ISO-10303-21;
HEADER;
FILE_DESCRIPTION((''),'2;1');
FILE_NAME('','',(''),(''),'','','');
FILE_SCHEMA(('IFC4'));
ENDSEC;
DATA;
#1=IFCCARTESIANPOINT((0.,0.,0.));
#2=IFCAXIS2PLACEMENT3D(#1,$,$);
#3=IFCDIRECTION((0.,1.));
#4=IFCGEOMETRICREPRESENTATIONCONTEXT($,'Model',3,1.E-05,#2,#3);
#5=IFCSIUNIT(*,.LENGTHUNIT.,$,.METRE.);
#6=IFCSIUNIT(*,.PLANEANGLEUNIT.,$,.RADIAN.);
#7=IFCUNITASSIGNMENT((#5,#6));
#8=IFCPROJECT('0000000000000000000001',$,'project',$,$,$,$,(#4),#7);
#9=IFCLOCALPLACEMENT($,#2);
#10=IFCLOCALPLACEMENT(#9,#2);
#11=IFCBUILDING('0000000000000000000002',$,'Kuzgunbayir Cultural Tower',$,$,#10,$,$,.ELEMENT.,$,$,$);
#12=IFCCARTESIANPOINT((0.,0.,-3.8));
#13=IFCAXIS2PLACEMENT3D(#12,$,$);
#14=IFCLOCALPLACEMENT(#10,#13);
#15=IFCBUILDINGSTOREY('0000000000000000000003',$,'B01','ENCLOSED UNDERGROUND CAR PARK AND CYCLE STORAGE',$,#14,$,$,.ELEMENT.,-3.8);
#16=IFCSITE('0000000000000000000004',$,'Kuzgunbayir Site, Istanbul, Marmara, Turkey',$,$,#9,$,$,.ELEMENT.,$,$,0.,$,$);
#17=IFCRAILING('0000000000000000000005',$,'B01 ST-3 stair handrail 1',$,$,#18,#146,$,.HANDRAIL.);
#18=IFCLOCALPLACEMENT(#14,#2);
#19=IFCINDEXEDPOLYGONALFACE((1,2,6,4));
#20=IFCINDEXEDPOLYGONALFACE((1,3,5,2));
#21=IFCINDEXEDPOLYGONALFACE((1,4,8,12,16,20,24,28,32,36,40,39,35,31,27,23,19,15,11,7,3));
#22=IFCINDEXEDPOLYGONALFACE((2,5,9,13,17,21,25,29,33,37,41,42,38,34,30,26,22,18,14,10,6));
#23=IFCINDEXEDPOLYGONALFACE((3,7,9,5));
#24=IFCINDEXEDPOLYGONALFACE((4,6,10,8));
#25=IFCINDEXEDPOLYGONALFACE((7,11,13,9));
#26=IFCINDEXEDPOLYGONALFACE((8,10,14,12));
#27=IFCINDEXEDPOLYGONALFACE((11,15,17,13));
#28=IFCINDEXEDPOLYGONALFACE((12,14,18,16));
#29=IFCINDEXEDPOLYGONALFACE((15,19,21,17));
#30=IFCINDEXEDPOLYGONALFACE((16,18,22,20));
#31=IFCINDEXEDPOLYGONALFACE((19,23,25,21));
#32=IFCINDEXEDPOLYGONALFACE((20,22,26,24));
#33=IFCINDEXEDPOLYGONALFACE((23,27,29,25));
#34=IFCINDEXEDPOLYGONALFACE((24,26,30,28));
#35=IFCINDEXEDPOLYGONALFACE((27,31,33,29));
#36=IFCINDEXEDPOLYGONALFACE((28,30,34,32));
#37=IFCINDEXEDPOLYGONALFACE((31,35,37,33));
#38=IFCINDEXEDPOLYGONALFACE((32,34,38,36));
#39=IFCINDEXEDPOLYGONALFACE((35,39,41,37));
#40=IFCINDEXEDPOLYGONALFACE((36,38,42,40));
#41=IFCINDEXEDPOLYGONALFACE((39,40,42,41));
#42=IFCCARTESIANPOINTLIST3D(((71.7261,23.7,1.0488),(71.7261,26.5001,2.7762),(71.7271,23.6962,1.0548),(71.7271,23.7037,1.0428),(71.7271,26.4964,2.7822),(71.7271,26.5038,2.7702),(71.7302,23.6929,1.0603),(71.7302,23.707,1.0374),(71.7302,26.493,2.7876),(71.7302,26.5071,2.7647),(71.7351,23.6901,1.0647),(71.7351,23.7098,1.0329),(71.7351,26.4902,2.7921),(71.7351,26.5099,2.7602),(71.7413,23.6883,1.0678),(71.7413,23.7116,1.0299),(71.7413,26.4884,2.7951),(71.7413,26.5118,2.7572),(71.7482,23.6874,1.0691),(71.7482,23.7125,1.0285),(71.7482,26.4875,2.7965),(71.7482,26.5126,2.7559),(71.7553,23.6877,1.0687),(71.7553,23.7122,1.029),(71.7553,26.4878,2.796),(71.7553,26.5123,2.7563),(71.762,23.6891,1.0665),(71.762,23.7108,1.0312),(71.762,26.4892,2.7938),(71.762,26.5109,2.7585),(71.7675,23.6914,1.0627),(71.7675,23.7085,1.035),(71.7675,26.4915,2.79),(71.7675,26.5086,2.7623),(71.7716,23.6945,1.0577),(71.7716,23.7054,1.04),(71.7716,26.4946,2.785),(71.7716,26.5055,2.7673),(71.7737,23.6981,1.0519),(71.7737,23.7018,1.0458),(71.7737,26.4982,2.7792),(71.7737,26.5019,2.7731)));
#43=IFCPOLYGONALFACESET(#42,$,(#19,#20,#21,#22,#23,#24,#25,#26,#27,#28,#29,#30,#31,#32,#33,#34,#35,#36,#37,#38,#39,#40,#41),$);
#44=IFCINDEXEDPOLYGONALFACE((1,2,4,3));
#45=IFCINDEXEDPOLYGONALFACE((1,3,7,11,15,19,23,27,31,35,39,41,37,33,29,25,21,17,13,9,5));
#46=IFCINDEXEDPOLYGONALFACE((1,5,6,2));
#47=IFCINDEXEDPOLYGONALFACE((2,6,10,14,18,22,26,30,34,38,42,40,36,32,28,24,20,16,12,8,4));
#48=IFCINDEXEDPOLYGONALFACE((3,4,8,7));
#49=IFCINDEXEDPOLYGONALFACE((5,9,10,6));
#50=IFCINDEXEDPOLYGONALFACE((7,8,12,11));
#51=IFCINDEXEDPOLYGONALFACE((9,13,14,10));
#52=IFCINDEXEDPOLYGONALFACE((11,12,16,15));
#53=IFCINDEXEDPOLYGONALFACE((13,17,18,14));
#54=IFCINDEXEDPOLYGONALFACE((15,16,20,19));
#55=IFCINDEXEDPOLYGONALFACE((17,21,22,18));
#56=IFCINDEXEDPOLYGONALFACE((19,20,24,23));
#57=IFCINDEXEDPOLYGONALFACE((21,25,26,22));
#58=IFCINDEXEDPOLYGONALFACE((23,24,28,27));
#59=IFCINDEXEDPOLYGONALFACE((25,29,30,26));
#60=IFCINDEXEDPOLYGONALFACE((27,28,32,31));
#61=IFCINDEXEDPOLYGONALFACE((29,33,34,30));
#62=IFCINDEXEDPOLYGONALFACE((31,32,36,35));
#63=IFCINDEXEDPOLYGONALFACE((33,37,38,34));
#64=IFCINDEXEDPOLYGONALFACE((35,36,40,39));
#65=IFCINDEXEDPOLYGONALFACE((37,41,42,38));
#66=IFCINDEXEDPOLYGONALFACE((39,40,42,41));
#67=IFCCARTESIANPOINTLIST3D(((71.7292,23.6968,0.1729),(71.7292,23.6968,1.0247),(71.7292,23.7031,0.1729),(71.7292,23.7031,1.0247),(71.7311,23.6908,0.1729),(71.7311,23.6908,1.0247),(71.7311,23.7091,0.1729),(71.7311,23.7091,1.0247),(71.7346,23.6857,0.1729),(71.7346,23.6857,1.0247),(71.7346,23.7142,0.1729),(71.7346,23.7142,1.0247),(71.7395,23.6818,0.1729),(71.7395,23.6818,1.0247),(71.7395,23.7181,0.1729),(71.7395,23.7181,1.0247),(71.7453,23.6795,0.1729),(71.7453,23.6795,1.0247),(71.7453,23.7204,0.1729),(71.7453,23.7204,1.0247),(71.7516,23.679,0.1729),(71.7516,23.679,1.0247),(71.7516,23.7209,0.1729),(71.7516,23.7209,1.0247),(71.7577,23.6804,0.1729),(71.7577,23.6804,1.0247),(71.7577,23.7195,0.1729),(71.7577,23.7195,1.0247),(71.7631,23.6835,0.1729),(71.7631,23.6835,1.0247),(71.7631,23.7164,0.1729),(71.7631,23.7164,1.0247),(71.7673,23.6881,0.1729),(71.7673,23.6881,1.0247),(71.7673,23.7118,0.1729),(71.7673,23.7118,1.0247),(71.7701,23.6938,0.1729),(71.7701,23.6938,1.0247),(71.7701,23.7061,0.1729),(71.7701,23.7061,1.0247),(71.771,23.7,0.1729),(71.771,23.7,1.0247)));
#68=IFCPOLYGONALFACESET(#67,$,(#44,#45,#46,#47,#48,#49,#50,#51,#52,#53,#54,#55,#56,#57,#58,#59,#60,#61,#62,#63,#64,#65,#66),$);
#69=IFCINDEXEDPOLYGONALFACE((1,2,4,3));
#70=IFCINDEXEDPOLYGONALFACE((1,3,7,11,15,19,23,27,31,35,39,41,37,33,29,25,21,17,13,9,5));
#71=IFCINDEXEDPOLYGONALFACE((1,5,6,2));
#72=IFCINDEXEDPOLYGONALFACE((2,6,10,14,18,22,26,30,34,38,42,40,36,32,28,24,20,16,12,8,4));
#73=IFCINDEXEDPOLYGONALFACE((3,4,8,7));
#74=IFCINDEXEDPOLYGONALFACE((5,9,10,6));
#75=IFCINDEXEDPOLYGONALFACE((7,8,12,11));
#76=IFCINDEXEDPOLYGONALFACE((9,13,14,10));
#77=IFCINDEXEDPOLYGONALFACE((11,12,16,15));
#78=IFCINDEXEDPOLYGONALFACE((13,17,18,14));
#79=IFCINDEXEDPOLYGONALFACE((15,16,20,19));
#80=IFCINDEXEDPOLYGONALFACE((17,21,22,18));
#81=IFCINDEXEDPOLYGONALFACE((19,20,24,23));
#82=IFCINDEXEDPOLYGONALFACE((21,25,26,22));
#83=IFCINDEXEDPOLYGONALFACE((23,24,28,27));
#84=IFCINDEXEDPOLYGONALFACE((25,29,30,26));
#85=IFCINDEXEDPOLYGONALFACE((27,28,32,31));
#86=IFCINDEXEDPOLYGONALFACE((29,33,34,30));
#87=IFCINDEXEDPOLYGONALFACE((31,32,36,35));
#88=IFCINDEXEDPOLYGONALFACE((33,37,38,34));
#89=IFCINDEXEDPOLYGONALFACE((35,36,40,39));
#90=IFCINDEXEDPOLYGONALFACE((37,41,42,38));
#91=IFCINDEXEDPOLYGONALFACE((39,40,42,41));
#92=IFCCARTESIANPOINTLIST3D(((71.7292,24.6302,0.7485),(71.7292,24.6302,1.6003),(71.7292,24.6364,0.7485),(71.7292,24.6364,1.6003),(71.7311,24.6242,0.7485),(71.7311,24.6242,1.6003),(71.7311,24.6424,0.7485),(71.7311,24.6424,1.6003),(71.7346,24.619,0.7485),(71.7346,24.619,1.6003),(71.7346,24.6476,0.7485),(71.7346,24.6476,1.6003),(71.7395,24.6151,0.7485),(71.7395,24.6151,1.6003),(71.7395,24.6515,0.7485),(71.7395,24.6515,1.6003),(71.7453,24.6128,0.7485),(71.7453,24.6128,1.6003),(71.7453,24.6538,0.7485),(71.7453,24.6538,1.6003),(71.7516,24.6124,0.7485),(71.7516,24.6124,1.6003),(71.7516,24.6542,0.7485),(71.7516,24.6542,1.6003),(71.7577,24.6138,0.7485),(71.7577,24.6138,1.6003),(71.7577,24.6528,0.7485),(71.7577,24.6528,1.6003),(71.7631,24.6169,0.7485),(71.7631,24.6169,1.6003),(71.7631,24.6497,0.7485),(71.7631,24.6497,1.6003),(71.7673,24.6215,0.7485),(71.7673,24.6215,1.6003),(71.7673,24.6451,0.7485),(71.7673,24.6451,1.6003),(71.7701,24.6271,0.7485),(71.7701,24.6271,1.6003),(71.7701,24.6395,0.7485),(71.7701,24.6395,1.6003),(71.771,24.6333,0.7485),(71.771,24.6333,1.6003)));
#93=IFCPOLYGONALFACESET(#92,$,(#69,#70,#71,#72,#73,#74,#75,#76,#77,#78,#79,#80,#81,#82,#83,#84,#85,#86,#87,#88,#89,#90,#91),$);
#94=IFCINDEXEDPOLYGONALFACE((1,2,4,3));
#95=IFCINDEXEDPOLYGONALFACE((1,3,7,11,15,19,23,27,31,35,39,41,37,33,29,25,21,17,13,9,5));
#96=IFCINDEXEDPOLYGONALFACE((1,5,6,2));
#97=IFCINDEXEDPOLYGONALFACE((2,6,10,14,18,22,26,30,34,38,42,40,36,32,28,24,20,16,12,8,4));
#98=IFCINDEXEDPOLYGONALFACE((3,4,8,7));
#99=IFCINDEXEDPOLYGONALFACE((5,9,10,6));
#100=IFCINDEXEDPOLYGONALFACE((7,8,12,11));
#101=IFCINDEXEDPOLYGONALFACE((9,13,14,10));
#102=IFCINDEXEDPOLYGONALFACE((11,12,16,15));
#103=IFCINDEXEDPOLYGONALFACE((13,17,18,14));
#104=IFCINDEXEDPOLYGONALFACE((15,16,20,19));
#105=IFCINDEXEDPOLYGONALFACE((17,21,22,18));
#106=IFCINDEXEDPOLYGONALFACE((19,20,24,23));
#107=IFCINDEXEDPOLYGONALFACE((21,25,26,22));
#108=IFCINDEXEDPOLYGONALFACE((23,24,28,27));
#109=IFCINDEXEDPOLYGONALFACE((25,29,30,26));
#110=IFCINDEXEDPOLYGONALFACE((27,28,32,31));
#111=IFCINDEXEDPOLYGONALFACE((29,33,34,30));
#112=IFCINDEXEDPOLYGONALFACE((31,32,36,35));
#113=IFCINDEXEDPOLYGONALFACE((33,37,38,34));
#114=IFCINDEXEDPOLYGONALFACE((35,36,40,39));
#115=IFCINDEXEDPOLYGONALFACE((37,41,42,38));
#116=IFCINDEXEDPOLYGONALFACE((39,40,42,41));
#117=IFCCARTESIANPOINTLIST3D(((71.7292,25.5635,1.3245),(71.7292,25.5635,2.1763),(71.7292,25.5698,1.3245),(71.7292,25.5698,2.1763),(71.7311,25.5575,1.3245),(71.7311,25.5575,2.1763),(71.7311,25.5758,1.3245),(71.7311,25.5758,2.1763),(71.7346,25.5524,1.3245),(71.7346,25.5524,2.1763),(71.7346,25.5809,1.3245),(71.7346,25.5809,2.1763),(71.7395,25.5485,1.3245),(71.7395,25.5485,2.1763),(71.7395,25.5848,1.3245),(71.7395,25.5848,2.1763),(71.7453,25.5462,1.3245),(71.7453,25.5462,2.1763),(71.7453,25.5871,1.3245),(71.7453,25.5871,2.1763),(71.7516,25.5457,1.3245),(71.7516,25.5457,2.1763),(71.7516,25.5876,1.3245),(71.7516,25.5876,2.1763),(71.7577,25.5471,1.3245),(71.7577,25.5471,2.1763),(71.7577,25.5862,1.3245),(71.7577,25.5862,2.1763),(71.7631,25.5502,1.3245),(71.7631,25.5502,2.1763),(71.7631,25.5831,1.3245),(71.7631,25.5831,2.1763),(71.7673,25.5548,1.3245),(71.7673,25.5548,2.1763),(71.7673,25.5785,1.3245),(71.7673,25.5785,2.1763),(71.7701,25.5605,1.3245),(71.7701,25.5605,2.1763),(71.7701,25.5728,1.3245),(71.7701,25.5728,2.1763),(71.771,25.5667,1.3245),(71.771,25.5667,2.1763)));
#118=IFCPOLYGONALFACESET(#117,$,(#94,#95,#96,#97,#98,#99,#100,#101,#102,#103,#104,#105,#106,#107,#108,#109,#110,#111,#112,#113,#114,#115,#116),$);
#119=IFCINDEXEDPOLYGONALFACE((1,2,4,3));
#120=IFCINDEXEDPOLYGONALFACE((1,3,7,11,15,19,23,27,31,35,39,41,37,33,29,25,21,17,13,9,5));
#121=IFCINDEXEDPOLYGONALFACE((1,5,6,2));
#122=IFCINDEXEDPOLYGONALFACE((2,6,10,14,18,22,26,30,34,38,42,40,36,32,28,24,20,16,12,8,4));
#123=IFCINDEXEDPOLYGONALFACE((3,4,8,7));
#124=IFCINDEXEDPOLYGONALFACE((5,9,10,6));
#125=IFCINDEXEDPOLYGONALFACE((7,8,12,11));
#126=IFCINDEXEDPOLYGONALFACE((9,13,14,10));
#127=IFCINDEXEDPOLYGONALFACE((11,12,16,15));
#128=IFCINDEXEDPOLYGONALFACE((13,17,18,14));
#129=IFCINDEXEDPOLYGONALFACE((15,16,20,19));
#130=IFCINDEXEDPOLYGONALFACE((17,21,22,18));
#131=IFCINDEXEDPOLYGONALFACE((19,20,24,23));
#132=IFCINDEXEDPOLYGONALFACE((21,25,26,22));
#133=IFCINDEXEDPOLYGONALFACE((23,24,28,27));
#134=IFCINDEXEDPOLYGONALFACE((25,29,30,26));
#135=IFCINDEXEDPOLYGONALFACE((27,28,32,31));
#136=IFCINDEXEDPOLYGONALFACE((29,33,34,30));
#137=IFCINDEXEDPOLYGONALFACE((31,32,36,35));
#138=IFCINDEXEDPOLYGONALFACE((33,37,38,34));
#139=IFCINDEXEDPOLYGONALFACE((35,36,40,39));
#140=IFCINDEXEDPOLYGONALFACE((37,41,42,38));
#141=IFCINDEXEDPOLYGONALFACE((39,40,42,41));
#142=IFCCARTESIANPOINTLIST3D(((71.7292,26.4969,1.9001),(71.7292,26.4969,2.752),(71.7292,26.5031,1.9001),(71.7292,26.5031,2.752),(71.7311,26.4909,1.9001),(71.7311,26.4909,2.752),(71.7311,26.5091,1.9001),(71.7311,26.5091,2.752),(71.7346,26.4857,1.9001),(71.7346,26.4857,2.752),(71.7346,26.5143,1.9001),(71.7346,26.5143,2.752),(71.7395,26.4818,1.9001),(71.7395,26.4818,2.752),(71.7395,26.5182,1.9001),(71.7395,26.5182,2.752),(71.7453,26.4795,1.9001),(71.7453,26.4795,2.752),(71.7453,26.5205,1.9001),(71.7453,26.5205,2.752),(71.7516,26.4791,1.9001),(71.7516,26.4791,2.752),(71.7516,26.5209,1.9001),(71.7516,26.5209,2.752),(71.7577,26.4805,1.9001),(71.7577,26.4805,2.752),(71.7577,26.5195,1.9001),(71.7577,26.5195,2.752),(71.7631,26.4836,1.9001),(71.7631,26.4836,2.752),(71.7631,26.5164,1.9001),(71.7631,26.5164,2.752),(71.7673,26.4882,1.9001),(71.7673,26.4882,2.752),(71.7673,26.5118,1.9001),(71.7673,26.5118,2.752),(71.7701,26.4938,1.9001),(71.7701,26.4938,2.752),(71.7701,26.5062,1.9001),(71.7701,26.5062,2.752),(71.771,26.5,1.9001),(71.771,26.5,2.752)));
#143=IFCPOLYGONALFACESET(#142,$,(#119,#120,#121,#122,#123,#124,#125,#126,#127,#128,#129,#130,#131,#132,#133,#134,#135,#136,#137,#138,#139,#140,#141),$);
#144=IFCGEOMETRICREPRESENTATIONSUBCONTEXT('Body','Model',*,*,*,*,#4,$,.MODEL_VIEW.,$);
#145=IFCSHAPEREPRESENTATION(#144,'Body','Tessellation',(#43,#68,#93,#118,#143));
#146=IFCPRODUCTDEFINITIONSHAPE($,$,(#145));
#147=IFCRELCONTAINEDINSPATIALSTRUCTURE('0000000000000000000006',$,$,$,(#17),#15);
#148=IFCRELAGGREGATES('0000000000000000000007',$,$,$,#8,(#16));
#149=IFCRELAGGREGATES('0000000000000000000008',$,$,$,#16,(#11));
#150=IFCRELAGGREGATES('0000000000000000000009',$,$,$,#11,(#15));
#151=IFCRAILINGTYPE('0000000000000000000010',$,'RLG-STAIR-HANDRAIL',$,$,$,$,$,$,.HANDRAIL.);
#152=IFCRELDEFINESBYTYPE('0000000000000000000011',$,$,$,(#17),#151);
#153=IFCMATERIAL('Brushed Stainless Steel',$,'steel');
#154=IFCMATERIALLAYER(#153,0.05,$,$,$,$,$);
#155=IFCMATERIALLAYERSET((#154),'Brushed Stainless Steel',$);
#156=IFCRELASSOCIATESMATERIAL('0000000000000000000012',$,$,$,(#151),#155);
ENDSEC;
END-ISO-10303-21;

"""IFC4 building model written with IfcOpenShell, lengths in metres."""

from ifc_helpers import new_model, si_unit, direction, frame, origin, origin_2d, place, context, subcontext, project, spatial, circle, extrude, material, layer, layer_set, type_object, element, save


model = new_model("IFC4")

# Units and contexts
model_context = context("Model", 3, precision=1e-05, world=origin(), true_north=direction((0.0, 1.0)))
body_context = subcontext(model_context, "Body", "Model", "MODEL_VIEW")
ifc_project = project(units=[si_unit("LENGTHUNIT", "METRE"), si_unit("PLANEANGLEUNIT", "RADIAN")], contexts=[model_context])

# Site, building, storey
site_placement = place(None, origin())
site = spatial("IfcSite", under=ifc_project, at=site_placement, Name="Kuzgunbayir Site, Istanbul, Marmara, Turkey", CompositionType="ELEMENT", RefElevation=0.0)
building_placement = place(site_placement, origin())
building = spatial("IfcBuilding", under=site, at=building_placement, Name="Kuzgunbayir Cultural Tower", CompositionType="ELEMENT")
storey_placement = place(building_placement, frame((0.0, 0.0, -3.8)))
storey = spatial("IfcBuildingStorey", under=building, at=storey_placement, Name="B01", Description="ENCLOSED UNDERGROUND CAR PARK AND CYCLE STORAGE", CompositionType="ELEMENT", Elevation=-3.8)

# Railing
ifc_material_1 = material(Name="Brushed Stainless Steel", Category="steel")
ifc_layer_1 = layer(ifc_material_1, 0.05)
ifc_layer_set_1 = layer_set([ifc_layer_1], Name="Brushed Stainless Steel")
railing_type_1 = type_object("IfcRailingType", Name="RLG-STAIR-HANDRAIL", PredefinedType="HANDRAIL", material=ifc_layer_set_1)
railing_1_placement = place(storey_placement, frame((71.75, 23.7, 0.1729)))
element("IfcRailing", 1, at=railing_1_placement, inside=storey, type_object=railing_type_1, Name="B01 ST-3 stair handrail 1", PredefinedType="HANDRAIL", context=body_context, shape_type="SweptSolid", body=[
    extrude(circle(Radius=0.0239, at=origin_2d()), frame((0.0, 0.0, 0.876), z_axis=(0.0, 0.85109, 0.52502), x_axis=(-1.0, 0.0, 0.0)), (0.0, 0.0, 1.0), 3.29),
    extrude(circle(Radius=0.021, at=origin_2d()), origin(), (0.0, 0.0, 1.0), 0.8518),
    extrude(circle(Radius=0.021, at=origin_2d()), frame((0.0, 0.9333, 0.5757)), (0.0, 0.0, 1.0), 0.8518),
    extrude(circle(Radius=0.021, at=origin_2d()), frame((0.0, 1.8667, 1.1516)), (0.0, 0.0, 1.0), 0.8518),
    extrude(circle(Radius=0.021, at=origin_2d()), frame((0.0, 2.8, 1.7273)), (0.0, 0.0, 1.0), 0.8518),
])

save(model, "model.ifc")
